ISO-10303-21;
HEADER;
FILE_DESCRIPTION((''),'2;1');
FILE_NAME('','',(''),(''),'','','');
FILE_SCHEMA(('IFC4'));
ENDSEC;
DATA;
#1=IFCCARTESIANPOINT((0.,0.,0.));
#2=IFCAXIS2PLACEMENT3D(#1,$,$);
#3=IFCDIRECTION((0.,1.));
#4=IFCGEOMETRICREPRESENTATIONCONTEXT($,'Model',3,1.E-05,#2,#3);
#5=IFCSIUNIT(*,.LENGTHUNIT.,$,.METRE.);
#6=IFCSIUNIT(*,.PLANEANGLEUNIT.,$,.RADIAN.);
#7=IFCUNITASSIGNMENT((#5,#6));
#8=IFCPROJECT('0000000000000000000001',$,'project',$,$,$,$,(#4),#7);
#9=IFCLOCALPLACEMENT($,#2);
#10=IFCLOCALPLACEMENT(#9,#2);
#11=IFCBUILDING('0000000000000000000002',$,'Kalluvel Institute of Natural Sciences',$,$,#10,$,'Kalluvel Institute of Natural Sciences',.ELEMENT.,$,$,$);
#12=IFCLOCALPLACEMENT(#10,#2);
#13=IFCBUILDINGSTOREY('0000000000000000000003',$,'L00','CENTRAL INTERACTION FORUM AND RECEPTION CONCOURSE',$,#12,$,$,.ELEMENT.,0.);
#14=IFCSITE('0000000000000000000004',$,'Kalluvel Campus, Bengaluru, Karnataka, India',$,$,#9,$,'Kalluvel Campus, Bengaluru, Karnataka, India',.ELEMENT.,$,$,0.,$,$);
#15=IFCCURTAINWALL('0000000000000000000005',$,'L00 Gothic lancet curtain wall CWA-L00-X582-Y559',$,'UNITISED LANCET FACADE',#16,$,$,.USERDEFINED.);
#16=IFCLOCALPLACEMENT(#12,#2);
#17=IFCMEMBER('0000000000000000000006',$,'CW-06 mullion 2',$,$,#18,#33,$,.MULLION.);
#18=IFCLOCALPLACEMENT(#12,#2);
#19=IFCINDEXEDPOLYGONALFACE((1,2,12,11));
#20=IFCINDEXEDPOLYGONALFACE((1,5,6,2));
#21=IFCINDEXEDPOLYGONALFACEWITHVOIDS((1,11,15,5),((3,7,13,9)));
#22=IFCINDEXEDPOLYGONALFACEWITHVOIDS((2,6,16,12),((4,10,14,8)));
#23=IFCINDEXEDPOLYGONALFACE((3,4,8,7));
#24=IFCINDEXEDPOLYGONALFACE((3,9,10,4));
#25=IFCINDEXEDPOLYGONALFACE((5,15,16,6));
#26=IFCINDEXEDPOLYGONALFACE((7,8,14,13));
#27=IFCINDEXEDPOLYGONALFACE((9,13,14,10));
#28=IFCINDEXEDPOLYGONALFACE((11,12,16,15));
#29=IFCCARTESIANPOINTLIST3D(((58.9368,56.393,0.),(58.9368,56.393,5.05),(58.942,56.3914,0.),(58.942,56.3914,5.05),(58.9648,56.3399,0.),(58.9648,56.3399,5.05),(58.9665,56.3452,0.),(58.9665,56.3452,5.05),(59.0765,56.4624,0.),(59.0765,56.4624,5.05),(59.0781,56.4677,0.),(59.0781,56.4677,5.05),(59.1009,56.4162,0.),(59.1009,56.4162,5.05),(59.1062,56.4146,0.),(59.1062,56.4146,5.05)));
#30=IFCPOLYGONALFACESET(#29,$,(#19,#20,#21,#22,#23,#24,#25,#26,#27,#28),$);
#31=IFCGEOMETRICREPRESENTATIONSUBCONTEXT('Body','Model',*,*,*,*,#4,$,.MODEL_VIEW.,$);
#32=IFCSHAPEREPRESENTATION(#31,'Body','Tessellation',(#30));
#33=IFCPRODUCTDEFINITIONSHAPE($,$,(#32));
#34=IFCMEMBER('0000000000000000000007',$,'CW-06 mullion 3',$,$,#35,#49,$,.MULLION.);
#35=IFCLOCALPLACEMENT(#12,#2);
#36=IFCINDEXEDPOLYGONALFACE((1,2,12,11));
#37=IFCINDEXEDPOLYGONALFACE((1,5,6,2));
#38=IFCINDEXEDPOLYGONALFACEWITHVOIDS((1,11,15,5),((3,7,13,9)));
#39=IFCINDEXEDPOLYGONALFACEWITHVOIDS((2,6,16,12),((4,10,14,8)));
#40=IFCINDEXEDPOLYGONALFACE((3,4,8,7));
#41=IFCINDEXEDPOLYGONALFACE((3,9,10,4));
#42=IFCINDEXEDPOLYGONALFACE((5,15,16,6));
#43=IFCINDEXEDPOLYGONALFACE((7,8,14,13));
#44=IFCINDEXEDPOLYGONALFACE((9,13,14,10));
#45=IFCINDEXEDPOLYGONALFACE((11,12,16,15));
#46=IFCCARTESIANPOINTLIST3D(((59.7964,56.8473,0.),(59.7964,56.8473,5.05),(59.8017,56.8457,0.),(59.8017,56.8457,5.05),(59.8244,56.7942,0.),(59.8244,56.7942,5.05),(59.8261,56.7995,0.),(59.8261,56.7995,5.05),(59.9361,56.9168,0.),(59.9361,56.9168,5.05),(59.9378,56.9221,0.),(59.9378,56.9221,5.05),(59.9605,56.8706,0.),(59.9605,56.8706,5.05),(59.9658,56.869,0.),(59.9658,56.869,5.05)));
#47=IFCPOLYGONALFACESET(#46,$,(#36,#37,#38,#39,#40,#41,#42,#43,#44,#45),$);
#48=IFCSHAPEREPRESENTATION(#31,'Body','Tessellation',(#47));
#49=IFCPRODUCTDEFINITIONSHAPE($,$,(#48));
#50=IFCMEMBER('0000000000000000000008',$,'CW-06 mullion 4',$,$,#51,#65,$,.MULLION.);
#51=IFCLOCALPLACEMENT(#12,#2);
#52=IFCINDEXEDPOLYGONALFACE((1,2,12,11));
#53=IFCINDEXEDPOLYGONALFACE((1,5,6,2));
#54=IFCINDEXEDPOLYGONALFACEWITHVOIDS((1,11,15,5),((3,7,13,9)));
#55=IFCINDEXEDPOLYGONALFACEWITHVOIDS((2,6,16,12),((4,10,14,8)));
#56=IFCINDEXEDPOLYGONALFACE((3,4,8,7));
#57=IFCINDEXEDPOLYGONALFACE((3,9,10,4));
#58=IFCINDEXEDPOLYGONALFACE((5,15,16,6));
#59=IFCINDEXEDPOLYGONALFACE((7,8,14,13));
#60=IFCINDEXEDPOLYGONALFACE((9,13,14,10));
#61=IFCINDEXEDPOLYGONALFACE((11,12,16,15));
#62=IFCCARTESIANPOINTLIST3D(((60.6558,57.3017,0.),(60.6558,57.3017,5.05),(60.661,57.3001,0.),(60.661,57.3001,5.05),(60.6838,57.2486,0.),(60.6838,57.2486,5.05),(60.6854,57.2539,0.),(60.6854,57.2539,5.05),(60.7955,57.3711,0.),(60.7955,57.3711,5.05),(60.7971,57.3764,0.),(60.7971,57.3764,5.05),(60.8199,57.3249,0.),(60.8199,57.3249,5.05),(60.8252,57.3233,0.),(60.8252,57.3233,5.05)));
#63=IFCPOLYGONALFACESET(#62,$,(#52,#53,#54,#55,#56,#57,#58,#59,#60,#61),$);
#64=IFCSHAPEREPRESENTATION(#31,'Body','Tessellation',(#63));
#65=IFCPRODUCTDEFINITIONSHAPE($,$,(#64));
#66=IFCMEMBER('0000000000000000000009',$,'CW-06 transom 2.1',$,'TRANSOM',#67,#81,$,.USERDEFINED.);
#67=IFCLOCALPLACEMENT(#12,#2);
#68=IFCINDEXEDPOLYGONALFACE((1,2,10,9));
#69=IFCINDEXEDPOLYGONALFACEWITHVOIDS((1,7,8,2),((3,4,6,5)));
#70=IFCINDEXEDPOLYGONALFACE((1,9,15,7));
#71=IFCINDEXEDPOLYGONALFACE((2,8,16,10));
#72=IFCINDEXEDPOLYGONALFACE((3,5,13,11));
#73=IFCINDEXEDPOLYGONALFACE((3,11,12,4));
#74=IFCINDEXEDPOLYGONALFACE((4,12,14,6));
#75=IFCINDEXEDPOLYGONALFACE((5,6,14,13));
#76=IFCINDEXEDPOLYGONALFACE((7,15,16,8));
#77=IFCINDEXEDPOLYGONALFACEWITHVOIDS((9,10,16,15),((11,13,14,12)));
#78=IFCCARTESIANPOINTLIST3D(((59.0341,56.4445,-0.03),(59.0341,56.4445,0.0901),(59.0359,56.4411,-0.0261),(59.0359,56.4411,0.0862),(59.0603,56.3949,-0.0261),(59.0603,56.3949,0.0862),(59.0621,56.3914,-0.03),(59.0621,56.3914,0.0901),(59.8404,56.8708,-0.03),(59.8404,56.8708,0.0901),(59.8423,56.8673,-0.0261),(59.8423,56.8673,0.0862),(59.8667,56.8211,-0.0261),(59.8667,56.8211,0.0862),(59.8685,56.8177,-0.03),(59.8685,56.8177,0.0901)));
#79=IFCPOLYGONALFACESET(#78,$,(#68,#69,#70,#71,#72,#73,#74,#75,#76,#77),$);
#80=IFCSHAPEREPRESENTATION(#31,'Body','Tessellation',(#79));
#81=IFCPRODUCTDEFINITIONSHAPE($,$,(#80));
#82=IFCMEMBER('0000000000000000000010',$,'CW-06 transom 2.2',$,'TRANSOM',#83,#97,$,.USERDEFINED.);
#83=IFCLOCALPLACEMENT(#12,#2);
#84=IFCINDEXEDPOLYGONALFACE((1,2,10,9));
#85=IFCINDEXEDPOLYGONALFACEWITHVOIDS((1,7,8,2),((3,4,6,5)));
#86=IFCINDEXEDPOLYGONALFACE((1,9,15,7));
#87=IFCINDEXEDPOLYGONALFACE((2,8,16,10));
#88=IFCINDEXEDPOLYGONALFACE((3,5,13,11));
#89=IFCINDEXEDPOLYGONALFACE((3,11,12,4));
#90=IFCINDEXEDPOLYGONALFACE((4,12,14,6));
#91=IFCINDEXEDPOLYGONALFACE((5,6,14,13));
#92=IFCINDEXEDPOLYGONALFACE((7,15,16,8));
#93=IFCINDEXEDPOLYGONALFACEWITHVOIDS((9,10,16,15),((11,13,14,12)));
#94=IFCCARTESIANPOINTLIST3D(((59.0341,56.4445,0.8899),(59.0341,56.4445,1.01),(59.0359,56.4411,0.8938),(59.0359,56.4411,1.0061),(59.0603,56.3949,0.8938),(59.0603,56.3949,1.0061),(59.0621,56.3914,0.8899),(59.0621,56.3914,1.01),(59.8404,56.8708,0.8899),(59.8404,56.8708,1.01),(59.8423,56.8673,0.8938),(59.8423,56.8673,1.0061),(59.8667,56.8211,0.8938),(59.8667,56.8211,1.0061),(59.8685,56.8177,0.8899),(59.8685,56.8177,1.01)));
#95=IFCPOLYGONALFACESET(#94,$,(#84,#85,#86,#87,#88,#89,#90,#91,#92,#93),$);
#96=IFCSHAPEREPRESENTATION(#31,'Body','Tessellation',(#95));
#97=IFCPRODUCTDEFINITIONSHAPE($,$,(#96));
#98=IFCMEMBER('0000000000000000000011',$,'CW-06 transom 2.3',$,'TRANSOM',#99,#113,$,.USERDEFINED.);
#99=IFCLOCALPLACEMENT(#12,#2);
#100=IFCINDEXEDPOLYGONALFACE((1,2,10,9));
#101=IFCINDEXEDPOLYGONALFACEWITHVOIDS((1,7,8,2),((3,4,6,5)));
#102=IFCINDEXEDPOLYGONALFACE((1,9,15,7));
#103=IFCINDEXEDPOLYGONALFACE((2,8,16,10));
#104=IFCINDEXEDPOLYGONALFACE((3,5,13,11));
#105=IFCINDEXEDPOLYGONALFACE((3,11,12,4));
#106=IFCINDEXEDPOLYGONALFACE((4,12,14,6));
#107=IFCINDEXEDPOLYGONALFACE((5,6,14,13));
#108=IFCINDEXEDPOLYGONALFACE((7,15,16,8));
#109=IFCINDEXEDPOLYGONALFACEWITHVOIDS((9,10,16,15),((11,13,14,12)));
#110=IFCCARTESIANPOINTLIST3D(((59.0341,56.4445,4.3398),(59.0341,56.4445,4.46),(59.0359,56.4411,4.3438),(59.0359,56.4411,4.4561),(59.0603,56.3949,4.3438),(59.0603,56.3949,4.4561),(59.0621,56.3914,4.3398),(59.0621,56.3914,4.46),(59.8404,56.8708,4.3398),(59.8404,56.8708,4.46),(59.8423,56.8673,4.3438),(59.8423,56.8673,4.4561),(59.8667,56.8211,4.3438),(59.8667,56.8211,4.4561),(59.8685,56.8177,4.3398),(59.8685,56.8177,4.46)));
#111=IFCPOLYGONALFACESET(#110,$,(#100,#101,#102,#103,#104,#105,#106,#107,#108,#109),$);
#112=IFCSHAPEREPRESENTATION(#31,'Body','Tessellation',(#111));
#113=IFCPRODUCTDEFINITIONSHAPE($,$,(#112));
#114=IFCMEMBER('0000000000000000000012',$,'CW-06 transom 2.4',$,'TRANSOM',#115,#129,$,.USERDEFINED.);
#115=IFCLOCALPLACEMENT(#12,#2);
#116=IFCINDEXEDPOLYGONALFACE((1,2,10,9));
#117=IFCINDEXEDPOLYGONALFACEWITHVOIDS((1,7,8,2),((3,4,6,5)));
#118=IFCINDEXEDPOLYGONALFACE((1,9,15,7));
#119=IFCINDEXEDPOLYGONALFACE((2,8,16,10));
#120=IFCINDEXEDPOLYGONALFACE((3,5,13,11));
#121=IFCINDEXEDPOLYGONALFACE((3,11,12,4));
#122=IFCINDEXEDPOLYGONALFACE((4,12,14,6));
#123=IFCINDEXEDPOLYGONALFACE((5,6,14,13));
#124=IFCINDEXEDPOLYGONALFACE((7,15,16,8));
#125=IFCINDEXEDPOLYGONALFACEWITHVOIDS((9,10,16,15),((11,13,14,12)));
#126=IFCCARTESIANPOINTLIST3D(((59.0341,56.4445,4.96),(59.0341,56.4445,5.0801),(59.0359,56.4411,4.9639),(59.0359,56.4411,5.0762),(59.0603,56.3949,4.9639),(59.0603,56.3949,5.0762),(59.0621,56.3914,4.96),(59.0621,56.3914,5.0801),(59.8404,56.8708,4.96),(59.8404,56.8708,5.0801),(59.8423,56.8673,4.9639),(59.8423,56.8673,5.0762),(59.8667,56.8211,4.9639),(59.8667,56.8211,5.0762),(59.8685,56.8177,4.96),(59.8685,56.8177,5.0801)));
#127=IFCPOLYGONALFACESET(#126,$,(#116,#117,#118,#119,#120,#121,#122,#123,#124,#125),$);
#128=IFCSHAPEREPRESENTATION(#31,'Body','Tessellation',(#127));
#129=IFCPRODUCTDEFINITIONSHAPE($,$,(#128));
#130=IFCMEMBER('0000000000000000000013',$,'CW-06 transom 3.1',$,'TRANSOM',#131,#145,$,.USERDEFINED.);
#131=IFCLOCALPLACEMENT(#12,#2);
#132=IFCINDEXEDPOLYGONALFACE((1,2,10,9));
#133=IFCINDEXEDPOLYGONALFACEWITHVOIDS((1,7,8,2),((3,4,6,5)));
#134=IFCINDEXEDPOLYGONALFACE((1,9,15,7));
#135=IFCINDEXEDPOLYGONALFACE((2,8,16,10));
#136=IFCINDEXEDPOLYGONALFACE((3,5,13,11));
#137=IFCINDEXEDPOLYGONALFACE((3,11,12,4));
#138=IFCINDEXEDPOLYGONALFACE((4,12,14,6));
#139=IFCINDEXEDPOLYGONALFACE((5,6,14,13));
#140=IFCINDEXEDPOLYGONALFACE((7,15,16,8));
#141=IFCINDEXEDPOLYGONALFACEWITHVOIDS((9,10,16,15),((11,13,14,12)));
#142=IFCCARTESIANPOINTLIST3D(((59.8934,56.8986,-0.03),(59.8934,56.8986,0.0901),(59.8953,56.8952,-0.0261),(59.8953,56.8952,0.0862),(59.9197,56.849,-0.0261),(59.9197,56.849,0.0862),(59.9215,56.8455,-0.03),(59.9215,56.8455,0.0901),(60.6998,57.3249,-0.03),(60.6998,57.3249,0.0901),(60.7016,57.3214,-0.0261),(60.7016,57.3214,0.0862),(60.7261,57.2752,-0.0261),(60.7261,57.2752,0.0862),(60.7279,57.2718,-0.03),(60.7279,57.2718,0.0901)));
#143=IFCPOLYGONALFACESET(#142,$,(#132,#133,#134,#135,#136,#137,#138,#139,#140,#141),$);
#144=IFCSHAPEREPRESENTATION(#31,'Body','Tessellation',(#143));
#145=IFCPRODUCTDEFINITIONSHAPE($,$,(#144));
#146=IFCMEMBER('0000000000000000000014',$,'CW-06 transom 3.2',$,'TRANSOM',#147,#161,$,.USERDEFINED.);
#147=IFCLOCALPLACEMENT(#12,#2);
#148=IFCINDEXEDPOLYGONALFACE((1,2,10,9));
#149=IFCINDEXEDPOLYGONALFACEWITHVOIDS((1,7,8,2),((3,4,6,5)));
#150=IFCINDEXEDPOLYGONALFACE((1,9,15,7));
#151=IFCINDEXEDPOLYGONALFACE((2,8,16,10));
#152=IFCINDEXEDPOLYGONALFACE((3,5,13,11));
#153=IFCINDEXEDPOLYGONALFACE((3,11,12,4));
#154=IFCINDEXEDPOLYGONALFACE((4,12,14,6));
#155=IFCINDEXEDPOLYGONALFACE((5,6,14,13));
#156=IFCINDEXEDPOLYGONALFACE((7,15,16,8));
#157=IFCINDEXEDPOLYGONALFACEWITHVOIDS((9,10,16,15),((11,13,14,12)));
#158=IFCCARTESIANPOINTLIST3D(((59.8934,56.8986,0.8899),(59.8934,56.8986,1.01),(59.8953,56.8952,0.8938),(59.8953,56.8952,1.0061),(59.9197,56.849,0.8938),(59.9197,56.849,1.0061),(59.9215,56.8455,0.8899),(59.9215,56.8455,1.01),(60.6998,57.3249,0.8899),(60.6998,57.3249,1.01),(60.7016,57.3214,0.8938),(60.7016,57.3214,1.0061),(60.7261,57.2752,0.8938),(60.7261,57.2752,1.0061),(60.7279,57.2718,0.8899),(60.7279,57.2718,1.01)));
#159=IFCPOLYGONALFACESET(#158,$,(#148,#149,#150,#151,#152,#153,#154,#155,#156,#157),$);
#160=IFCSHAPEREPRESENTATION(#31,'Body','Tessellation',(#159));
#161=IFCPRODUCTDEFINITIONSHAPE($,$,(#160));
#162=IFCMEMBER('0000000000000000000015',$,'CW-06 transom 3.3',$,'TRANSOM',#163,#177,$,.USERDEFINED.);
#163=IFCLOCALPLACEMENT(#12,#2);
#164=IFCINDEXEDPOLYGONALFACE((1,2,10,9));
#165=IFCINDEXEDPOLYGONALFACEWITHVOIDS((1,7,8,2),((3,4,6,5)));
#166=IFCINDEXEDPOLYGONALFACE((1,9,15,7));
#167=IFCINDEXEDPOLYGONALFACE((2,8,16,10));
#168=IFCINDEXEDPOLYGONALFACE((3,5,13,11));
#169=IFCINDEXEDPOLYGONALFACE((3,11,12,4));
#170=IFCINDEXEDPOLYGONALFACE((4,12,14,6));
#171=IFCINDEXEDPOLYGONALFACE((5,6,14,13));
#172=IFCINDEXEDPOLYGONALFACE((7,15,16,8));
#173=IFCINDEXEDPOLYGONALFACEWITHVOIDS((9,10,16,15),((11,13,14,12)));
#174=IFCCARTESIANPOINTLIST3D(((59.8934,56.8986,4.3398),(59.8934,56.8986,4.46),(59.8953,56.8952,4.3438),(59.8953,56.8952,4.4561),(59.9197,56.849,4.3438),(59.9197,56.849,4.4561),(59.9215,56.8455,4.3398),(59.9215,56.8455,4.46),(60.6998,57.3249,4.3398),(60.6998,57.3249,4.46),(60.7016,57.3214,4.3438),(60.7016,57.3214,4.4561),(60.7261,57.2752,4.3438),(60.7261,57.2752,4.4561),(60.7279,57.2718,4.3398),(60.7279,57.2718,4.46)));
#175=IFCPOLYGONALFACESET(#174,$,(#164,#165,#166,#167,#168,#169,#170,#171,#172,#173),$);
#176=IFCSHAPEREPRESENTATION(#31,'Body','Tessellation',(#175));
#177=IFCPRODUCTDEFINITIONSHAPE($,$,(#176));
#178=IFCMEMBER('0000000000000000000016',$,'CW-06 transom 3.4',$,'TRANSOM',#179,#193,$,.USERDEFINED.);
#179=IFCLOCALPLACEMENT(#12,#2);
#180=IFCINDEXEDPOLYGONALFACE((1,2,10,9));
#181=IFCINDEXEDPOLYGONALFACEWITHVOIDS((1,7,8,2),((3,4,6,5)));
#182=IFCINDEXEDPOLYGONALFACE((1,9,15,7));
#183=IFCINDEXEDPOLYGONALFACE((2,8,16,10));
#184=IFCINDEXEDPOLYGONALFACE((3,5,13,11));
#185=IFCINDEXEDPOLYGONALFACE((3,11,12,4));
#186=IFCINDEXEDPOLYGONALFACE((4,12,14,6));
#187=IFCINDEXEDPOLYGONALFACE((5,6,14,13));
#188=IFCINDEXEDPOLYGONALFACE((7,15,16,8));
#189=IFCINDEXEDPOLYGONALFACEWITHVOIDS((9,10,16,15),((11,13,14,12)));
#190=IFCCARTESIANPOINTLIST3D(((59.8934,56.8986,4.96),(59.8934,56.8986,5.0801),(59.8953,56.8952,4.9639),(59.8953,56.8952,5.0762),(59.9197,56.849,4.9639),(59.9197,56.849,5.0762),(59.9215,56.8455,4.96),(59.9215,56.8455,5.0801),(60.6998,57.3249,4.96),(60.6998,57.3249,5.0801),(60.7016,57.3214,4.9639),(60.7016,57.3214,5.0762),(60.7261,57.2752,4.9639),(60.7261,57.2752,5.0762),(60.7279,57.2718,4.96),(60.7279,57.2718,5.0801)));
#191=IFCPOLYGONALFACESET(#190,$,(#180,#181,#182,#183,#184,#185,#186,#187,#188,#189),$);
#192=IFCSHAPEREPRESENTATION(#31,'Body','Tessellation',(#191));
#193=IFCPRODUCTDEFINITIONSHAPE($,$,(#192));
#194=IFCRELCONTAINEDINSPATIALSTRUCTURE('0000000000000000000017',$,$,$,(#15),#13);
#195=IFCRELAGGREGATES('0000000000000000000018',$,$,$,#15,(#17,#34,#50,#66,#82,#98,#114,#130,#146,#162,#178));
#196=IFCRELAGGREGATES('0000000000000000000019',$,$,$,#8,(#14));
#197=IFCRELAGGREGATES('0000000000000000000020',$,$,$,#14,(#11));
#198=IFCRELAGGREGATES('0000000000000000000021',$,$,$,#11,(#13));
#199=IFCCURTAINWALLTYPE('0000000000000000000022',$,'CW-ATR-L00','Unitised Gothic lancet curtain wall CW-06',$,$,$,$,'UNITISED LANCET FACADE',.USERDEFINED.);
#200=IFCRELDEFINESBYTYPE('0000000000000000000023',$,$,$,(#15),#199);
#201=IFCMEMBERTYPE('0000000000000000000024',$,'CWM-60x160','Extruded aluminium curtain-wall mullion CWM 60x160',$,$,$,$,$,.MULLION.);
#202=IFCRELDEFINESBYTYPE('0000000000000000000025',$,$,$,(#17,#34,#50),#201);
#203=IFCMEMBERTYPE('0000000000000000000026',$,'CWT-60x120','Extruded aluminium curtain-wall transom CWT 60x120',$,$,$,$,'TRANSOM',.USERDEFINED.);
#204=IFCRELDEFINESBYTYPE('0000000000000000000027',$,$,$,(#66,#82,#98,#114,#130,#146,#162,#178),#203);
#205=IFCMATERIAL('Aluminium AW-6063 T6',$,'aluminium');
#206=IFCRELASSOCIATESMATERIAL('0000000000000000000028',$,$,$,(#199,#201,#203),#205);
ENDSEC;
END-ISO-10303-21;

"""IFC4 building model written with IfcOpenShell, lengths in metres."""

from ifc_helpers import new_model, si_unit, direction, frame, origin, origin_2d, place, context, subcontext, project, spatial, hollow_rectangle, extrude, material, material_profile, profile_set, type_object, element, aggregate, save


model = new_model("IFC4")

# Units and contexts
model_context = context("Model", 3, precision=1e-05, world=origin(), true_north=direction((0.0, 1.0)))
body_context = subcontext(model_context, "Body", "Model", "MODEL_VIEW")
ifc_project = project(units=[si_unit("LENGTHUNIT", "METRE"), si_unit("PLANEANGLEUNIT", "RADIAN")], contexts=[model_context])

# Site, building, storey
site_placement = place(None, origin())
site = spatial("IfcSite", under=ifc_project, at=site_placement, Name="Kalluvel Campus, Bengaluru, Karnataka, India", LongName="Kalluvel Campus, Bengaluru, Karnataka, India", CompositionType="ELEMENT", RefElevation=0.0)
building_placement = place(site_placement, origin())
building = spatial("IfcBuilding", under=site, at=building_placement, Name="Kalluvel Institute of Natural Sciences", LongName="Kalluvel Institute of Natural Sciences", CompositionType="ELEMENT")
storey_placement = place(building_placement, origin())
storey = spatial("IfcBuildingStorey", under=building, at=storey_placement, Name="L00", Description="CENTRAL INTERACTION FORUM AND RECEPTION CONCOURSE", CompositionType="ELEMENT", Elevation=0.0)

# Curtain wall, members
ifc_material_1 = material(Name="Aluminium AW-6063 T6", Category="aluminium")
curtain_wall_type = type_object("IfcCurtainWallType", Name="CW-ATR-L00", Description="Unitised Gothic lancet curtain wall CW-06", ElementType="UNITISED LANCET FACADE", PredefinedType="USERDEFINED", material=ifc_material_1)
curtain_wall_placement = place(storey_placement, origin())
curtain_wall = element("IfcCurtainWall", 1, at=curtain_wall_placement, inside=storey, type_object=curtain_wall_type, Name="L00 Gothic lancet curtain wall CWA-L00-X582-Y559", ObjectType="UNITISED LANCET FACADE", PredefinedType="USERDEFINED")
ifc_material_profile_1 = material_profile(ifc_material_1, hollow_rectangle(XDim=0.0601, YDim=0.1599, WallThickness=0.0039, at=origin_2d()), Name="CWM 60x160")
ifc_profile_set_1 = profile_set([ifc_material_profile_1], Name="Aluminium AW-6063 T6")
member_type_1 = type_object("IfcMemberType", Name="CWM-60x160", Description="Extruded aluminium curtain-wall mullion CWM 60x160", PredefinedType="MULLION", material=ifc_profile_set_1)
member_1_placement = place(storey_placement, frame((59.0215, 56.4038, 0.0), z_axis=(0.0, 0.0, 1.0), x_axis=(-0.467281, 0.884109, 0.0)))
member_1 = element("IfcMember", 2, at=member_1_placement, type_object=member_type_1, Name="CW-06 mullion 2", PredefinedType="MULLION", context=body_context, shape_type="SweptSolid", body=[
    extrude(hollow_rectangle(XDim=0.0601, YDim=0.1599, WallThickness=0.0039, at=origin_2d()), origin(), (0.0, 0.0, 1.0), 5.05),
])
member_2_placement = place(storey_placement, frame((59.8811, 56.8582, 0.0), z_axis=(0.0, 0.0, 1.0), x_axis=(-0.467281, 0.884109, 0.0)))
member_2 = element("IfcMember", 3, at=member_2_placement, type_object=member_type_1, Name="CW-06 mullion 3", PredefinedType="MULLION", context=body_context, shape_type="SweptSolid", body=[
    extrude(hollow_rectangle(XDim=0.0601, YDim=0.1599, WallThickness=0.0039, at=origin_2d()), origin(), (0.0, 0.0, 1.0), 5.05),
])
member_3_placement = place(storey_placement, frame((60.7405, 57.3125, 0.0), z_axis=(0.0, 0.0, 1.0), x_axis=(-0.467281, 0.884109, 0.0)))
member_3 = element("IfcMember", 4, at=member_3_placement, type_object=member_type_1, Name="CW-06 mullion 4", PredefinedType="MULLION", context=body_context, shape_type="SweptSolid", body=[
    extrude(hollow_rectangle(XDim=0.0601, YDim=0.1599, WallThickness=0.0039, at=origin_2d()), origin(), (0.0, 0.0, 1.0), 5.05),
])
ifc_material_profile_2 = material_profile(ifc_material_1, hollow_rectangle(XDim=0.0601, YDim=0.1201, WallThickness=0.0039, at=origin_2d()), Name="CWT 60x120")
ifc_profile_set_2 = profile_set([ifc_material_profile_2], Name="Aluminium AW-6063 T6")
member_type_2 = type_object("IfcMemberType", Name="CWT-60x120", Description="Extruded aluminium curtain-wall transom CWT 60x120", ElementType="TRANSOM", PredefinedType="USERDEFINED", material=ifc_profile_set_2)
member_4_placement = place(storey_placement, frame((59.0481, 56.418, 0.03), z_axis=(0.884081, 0.467334, 0.0), x_axis=(-0.467334, 0.884081, 0.0)))
member_4 = element("IfcMember", 5, at=member_4_placement, type_object=member_type_2, Name="CW-06 transom 2.1", ObjectType="TRANSOM", PredefinedType="USERDEFINED", context=body_context, shape_type="SweptSolid", body=[
    extrude(hollow_rectangle(XDim=0.0601, YDim=0.1201, WallThickness=0.0039, at=origin_2d()), origin(), (0.0, 0.0, 1.0), 0.9121),
])
member_5_placement = place(storey_placement, frame((59.0481, 56.418, 0.95), z_axis=(0.884081, 0.467334, 0.0), x_axis=(-0.467334, 0.884081, 0.0)))
member_5 = element("IfcMember", 6, at=member_5_placement, type_object=member_type_2, Name="CW-06 transom 2.2", ObjectType="TRANSOM", PredefinedType="USERDEFINED", context=body_context, shape_type="SweptSolid", body=[
    extrude(hollow_rectangle(XDim=0.0601, YDim=0.1201, WallThickness=0.0039, at=origin_2d()), origin(), (0.0, 0.0, 1.0), 0.9121),
])
member_6_placement = place(storey_placement, frame((59.0481, 56.418, 4.3999), z_axis=(0.884081, 0.467334, 0.0), x_axis=(-0.467334, 0.884081, 0.0)))
member_6 = element("IfcMember", 7, at=member_6_placement, type_object=member_type_2, Name="CW-06 transom 2.3", ObjectType="TRANSOM", PredefinedType="USERDEFINED", context=body_context, shape_type="SweptSolid", body=[
    extrude(hollow_rectangle(XDim=0.0601, YDim=0.1201, WallThickness=0.0039, at=origin_2d()), origin(), (0.0, 0.0, 1.0), 0.9121),
])
member_7_placement = place(storey_placement, frame((59.0481, 56.418, 5.02), z_axis=(0.884081, 0.467334, 0.0), x_axis=(-0.467334, 0.884081, 0.0)))
member_7 = element("IfcMember", 8, at=member_7_placement, type_object=member_type_2, Name="CW-06 transom 2.4", ObjectType="TRANSOM", PredefinedType="USERDEFINED", context=body_context, shape_type="SweptSolid", body=[
    extrude(hollow_rectangle(XDim=0.0601, YDim=0.1201, WallThickness=0.0039, at=origin_2d()), origin(), (0.0, 0.0, 1.0), 0.9121),
])
member_8_placement = place(storey_placement, frame((59.9075, 56.8721, 0.03), z_axis=(0.884081, 0.467334, 0.0), x_axis=(-0.467334, 0.884081, 0.0)))
member_8 = element("IfcMember", 9, at=member_8_placement, type_object=member_type_2, Name="CW-06 transom 3.1", ObjectType="TRANSOM", PredefinedType="USERDEFINED", context=body_context, shape_type="SweptSolid", body=[
    extrude(hollow_rectangle(XDim=0.0601, YDim=0.1201, WallThickness=0.0039, at=origin_2d()), origin(), (0.0, 0.0, 1.0), 0.9121),
])
member_9_placement = place(storey_placement, frame((59.9075, 56.8721, 0.95), z_axis=(0.884081, 0.467334, 0.0), x_axis=(-0.467334, 0.884081, 0.0)))
member_9 = element("IfcMember", 10, at=member_9_placement, type_object=member_type_2, Name="CW-06 transom 3.2", ObjectType="TRANSOM", PredefinedType="USERDEFINED", context=body_context, shape_type="SweptSolid", body=[
    extrude(hollow_rectangle(XDim=0.0601, YDim=0.1201, WallThickness=0.0039, at=origin_2d()), origin(), (0.0, 0.0, 1.0), 0.9121),
])
member_10_placement = place(storey_placement, frame((59.9075, 56.8721, 4.3999), z_axis=(0.884081, 0.467334, 0.0), x_axis=(-0.467334, 0.884081, 0.0)))
member_10 = element("IfcMember", 11, at=member_10_placement, type_object=member_type_2, Name="CW-06 transom 3.3", ObjectType="TRANSOM", PredefinedType="USERDEFINED", context=body_context, shape_type="SweptSolid", body=[
    extrude(hollow_rectangle(XDim=0.0601, YDim=0.1201, WallThickness=0.0039, at=origin_2d()), origin(), (0.0, 0.0, 1.0), 0.9121),
])
member_11_placement = place(storey_placement, frame((59.9075, 56.8721, 5.02), z_axis=(0.884081, 0.467334, 0.0), x_axis=(-0.467334, 0.884081, 0.0)))
member_11 = element("IfcMember", 12, at=member_11_placement, type_object=member_type_2, Name="CW-06 transom 3.4", ObjectType="TRANSOM", PredefinedType="USERDEFINED", context=body_context, shape_type="SweptSolid", body=[
    extrude(hollow_rectangle(XDim=0.0601, YDim=0.1201, WallThickness=0.0039, at=origin_2d()), origin(), (0.0, 0.0, 1.0), 0.9121),
])
aggregate(curtain_wall, [member_1, member_2, member_3, member_4, member_5, member_6, member_7, member_8, member_9, member_10, member_11])

save(model, "model.ifc")
